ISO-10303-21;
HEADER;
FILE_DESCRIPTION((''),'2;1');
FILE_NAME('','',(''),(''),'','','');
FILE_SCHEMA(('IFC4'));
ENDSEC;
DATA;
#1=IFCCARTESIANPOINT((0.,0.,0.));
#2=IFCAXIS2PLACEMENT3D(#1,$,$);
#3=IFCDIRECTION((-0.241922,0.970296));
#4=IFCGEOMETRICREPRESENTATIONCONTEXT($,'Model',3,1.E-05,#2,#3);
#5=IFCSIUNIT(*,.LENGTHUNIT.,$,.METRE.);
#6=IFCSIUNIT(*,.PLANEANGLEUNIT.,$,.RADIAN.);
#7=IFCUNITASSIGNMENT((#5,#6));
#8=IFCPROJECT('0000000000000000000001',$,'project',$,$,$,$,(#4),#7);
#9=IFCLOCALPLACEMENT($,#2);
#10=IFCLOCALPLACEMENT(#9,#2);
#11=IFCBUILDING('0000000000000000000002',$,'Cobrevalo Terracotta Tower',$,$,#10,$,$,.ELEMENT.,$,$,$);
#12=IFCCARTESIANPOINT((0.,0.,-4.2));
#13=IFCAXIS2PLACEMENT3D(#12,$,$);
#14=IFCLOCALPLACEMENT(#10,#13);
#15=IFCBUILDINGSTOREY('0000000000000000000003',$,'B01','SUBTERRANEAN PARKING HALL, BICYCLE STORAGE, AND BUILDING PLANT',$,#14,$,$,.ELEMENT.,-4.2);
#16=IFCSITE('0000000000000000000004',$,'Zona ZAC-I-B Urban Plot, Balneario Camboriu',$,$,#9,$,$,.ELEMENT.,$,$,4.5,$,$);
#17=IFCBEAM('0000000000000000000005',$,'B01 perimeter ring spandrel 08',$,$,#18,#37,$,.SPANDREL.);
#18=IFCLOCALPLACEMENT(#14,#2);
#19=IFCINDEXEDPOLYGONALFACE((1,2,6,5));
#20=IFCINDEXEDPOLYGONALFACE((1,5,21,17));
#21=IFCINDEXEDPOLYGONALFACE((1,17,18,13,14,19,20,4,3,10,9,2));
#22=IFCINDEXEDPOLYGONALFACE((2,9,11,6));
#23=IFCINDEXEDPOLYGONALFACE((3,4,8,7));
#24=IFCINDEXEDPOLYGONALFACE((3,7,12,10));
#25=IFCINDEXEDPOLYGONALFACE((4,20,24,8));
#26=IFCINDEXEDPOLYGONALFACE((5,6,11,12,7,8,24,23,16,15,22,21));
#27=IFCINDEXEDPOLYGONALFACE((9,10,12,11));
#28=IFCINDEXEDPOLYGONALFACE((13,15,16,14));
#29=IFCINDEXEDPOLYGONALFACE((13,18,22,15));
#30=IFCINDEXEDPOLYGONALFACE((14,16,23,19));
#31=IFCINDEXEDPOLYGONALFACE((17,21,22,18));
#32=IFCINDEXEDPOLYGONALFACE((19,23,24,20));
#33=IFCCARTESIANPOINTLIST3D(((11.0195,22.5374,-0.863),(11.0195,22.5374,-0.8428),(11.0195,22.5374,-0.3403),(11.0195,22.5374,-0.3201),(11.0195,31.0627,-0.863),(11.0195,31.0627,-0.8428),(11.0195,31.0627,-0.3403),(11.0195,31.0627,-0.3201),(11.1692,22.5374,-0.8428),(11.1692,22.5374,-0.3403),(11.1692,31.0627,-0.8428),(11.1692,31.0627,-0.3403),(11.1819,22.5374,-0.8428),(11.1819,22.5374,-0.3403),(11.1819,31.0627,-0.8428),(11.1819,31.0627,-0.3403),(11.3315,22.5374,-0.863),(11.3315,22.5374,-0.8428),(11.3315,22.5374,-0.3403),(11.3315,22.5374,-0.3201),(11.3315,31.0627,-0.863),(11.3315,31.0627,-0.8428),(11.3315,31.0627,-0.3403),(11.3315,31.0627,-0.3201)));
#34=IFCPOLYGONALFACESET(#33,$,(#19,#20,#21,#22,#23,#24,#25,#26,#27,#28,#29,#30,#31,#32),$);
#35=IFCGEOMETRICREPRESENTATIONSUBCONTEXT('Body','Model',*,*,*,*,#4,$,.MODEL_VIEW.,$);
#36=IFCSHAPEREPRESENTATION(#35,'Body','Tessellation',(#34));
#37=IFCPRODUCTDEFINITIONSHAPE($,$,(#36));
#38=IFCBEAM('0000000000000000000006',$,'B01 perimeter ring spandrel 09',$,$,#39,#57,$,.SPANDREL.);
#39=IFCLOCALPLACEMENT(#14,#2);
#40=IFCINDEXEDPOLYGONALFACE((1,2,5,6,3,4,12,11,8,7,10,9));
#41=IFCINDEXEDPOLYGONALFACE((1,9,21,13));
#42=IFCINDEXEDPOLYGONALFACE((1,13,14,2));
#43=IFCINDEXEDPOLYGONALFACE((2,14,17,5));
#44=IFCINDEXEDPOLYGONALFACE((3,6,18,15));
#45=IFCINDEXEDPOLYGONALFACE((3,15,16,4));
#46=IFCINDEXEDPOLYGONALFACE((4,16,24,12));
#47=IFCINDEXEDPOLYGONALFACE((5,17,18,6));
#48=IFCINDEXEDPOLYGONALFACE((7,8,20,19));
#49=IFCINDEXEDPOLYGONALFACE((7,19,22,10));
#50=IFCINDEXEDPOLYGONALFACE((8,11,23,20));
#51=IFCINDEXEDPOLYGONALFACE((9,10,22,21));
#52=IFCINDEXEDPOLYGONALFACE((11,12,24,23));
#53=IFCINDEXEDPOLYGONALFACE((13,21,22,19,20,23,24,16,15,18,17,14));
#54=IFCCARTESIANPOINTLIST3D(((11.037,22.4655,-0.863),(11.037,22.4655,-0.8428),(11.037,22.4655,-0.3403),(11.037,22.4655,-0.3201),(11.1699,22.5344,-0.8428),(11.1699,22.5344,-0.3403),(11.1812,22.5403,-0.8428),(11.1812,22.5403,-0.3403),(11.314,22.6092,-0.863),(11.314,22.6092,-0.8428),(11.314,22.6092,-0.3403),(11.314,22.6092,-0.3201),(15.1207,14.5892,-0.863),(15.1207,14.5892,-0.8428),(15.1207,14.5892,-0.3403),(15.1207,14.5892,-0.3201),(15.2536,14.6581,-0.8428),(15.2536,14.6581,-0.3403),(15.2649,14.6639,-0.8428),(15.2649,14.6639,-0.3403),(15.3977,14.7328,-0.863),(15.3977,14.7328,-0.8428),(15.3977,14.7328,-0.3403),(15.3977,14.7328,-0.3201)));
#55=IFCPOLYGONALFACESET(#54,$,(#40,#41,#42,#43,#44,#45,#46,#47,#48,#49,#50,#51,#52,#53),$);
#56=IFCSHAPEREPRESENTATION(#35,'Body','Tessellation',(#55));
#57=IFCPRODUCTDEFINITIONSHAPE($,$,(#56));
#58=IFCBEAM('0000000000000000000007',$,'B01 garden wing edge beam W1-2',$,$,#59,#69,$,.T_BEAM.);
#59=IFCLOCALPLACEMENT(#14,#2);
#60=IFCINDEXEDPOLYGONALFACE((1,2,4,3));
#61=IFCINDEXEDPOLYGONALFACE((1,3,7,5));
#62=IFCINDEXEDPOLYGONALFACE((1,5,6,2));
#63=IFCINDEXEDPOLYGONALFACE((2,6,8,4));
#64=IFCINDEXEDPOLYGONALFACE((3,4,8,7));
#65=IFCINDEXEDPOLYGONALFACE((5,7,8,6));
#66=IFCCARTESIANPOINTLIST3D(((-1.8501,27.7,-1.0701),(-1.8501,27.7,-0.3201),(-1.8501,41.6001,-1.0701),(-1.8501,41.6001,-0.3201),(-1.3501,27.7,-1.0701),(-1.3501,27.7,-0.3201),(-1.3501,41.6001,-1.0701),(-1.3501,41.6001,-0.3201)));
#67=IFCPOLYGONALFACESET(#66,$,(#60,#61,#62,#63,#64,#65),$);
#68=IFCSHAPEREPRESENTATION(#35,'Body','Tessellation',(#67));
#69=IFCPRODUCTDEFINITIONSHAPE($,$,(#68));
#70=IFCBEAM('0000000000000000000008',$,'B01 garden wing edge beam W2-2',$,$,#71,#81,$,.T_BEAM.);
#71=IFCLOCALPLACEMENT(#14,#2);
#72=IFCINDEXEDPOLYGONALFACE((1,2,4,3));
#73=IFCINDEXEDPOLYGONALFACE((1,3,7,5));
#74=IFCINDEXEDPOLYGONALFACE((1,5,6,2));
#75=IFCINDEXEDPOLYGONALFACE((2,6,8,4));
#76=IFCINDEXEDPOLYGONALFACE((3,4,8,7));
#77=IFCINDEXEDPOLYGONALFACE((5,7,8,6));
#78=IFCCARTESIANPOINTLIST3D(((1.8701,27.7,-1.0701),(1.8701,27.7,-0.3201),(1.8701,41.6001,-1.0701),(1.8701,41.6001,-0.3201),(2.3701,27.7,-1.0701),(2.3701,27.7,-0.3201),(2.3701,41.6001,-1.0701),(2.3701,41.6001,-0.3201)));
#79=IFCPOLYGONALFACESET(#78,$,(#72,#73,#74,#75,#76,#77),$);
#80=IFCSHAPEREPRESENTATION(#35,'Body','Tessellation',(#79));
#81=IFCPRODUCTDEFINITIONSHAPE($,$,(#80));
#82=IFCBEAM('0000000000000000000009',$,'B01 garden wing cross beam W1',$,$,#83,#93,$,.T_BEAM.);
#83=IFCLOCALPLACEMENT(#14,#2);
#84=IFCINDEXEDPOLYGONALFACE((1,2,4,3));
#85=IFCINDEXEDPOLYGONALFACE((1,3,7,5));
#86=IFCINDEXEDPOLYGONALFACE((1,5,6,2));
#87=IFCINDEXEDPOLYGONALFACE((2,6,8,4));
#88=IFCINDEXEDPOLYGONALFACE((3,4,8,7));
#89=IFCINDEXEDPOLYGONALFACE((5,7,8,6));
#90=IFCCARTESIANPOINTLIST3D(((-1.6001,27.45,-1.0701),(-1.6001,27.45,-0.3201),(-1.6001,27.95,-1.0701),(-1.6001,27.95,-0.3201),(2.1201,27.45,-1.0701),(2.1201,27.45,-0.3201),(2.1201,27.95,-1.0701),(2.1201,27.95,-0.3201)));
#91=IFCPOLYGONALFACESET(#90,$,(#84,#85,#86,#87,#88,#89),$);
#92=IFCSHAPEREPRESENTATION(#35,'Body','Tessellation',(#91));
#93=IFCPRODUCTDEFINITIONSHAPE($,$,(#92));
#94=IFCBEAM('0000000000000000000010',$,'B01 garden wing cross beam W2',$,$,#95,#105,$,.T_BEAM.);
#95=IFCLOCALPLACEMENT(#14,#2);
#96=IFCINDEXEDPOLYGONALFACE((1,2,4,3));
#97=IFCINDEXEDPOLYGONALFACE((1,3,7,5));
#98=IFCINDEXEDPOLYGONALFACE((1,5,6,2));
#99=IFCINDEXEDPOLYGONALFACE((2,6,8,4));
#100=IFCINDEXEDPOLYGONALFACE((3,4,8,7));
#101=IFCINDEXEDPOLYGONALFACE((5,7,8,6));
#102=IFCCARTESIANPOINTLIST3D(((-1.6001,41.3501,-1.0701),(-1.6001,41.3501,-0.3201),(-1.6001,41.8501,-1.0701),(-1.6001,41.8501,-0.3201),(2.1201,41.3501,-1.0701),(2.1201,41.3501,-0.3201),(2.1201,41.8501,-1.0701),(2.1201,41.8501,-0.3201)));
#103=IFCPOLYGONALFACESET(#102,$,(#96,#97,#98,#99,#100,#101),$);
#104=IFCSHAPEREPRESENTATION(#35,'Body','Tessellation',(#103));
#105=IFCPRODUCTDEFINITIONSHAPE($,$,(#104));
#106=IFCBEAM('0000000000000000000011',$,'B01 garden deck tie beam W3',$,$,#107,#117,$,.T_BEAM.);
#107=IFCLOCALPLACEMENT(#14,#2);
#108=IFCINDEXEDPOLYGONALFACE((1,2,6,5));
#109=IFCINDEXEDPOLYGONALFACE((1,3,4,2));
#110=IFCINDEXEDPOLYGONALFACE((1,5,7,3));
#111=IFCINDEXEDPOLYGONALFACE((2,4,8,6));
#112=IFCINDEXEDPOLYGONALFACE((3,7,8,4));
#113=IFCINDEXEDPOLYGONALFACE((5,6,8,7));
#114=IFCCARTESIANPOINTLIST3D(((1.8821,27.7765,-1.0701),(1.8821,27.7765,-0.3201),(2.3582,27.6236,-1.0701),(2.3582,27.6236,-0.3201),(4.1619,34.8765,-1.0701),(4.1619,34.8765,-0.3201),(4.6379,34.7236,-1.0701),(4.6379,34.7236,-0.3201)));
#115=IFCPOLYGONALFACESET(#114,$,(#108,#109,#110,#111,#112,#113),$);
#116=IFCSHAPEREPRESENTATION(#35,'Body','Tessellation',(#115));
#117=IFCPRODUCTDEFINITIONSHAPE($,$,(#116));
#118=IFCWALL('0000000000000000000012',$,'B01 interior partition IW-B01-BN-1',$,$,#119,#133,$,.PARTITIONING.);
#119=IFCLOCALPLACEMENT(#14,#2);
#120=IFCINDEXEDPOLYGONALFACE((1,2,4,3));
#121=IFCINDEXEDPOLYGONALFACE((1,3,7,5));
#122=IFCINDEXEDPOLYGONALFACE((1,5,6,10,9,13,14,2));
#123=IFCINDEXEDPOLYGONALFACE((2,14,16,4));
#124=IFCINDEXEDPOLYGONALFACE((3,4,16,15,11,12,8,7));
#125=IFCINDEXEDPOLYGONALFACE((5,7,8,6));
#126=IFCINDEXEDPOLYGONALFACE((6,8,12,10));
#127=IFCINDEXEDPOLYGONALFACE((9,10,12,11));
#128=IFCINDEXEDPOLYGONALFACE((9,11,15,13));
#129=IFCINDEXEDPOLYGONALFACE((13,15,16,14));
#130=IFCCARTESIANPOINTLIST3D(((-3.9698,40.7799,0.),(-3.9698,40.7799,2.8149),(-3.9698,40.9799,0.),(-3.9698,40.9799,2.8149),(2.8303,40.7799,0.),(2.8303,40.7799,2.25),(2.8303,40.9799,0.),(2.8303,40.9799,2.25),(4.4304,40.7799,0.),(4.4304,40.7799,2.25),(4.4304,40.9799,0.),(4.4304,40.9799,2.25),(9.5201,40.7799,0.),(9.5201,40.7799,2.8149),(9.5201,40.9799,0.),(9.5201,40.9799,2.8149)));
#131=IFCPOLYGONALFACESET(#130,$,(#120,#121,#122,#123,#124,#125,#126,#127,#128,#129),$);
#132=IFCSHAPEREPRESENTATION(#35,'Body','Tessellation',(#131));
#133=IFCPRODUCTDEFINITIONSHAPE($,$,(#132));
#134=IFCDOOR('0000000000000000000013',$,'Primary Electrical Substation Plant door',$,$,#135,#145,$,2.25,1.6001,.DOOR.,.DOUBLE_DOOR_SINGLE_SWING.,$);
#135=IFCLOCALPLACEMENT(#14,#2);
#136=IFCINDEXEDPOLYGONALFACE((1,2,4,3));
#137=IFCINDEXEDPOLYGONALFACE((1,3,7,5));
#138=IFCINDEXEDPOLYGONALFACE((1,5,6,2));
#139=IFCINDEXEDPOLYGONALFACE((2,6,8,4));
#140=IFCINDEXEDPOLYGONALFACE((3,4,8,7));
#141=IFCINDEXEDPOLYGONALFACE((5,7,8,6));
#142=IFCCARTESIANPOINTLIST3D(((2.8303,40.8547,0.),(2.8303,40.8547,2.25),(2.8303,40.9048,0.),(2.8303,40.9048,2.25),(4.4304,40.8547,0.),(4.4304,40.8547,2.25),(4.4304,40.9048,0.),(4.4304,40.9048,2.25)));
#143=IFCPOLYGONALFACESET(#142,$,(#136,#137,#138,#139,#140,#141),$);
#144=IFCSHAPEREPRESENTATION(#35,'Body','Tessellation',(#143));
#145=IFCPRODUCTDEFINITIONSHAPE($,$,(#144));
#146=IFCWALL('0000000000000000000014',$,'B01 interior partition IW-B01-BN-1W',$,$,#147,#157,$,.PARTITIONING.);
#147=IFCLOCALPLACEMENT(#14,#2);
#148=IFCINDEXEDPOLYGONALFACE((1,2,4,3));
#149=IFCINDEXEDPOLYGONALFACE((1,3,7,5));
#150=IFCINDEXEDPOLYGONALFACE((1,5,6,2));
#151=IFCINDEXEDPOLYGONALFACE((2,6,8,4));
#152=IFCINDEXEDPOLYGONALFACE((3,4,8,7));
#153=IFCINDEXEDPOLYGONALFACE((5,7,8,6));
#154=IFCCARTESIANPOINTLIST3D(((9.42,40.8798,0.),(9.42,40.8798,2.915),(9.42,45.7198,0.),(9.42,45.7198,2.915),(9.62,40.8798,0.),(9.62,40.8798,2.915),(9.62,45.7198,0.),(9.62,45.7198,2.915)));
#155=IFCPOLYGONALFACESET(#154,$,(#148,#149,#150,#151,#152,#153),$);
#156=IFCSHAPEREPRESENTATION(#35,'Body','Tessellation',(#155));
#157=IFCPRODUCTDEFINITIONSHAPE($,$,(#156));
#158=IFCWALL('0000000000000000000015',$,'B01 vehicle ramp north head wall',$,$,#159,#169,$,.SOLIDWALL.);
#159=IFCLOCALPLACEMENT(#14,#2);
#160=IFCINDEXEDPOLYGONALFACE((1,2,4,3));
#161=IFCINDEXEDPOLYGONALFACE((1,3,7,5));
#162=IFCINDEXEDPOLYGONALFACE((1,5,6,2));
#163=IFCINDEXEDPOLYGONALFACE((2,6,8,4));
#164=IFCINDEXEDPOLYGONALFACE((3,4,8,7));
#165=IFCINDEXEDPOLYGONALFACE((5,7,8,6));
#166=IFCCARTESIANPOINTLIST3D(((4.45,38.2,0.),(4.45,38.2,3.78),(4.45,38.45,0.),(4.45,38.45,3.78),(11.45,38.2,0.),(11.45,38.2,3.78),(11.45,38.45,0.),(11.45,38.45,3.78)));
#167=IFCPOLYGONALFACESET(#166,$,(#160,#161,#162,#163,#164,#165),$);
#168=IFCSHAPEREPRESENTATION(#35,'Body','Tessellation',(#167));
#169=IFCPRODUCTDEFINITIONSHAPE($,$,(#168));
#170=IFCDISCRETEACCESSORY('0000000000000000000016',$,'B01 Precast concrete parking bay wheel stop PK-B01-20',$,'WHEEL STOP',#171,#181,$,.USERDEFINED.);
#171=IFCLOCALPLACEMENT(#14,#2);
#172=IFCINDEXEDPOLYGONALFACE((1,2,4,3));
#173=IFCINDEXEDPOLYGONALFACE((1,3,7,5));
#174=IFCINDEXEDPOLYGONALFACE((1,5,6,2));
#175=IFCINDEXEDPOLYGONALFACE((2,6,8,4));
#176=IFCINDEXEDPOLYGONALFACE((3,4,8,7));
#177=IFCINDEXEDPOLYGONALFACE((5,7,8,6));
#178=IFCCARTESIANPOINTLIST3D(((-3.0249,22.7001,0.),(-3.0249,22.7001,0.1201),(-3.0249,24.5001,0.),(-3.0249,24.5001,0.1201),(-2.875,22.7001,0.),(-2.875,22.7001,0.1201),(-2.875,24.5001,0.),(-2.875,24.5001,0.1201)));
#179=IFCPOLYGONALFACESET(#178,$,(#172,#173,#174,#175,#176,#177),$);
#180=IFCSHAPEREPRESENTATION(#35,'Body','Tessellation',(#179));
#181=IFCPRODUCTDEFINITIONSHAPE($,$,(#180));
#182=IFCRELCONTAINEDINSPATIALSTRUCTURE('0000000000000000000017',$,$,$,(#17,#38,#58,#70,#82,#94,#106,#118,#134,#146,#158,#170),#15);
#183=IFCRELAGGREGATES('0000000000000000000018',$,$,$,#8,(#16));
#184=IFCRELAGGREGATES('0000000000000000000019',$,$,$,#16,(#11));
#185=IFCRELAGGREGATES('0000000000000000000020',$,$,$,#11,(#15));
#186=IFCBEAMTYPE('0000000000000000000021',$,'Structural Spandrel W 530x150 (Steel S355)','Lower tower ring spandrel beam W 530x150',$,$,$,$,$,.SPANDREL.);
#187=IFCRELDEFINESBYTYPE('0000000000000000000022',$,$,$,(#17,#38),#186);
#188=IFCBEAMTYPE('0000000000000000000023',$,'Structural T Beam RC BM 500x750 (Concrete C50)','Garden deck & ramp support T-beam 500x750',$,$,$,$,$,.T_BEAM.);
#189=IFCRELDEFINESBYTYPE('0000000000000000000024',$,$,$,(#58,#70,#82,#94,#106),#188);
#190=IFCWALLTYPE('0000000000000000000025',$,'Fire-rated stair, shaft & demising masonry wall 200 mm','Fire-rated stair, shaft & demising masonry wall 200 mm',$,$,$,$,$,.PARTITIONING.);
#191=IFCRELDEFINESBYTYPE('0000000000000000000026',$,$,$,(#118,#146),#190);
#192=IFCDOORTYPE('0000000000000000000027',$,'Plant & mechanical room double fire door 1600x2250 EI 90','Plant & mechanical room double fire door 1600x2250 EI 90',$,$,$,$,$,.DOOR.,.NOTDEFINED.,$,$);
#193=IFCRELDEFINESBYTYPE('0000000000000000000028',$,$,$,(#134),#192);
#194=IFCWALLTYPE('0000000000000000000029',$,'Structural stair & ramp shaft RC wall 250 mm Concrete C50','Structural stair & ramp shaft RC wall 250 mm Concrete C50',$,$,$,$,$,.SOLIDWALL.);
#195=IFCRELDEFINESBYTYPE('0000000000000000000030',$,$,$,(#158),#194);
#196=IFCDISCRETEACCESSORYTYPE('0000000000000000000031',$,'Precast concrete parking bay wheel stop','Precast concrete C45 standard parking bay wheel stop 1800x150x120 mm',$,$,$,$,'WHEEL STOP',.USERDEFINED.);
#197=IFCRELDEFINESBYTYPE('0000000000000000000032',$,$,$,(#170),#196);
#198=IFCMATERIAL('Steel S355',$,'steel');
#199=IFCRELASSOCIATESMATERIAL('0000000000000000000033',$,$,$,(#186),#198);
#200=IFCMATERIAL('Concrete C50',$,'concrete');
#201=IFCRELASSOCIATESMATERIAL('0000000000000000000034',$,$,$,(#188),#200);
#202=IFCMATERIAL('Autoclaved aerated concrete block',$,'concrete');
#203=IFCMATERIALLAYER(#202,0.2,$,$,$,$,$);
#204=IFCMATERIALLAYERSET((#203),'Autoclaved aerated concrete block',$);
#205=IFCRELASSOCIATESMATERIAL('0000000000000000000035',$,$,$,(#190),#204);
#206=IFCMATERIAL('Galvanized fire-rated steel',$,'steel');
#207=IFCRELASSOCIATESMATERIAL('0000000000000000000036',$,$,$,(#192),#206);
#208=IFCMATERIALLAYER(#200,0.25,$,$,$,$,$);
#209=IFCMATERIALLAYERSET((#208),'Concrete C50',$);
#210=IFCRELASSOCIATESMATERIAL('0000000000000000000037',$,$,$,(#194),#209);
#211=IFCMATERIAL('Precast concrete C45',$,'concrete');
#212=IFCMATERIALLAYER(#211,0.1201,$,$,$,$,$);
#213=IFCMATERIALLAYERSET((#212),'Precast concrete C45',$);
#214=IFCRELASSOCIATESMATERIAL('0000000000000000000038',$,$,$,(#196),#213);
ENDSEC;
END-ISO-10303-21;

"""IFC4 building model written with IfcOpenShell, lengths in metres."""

from ifc_helpers import new_model, si_unit, direction, frame, frame_2d, origin, origin_2d, place, context, subcontext, project, spatial, rectangle, i_section, extrude, source, transform, mapped, material, layer, layer_set, material_profile, profile_set, type_object, element, fill, save


model = new_model("IFC4")

# Units and contexts
model_context = context("Model", 3, precision=1e-05, world=origin(), true_north=direction((-0.241922, 0.970296)))
body_context = subcontext(model_context, "Body", "Model", "MODEL_VIEW")
ifc_project = project(units=[si_unit("LENGTHUNIT", "METRE"), si_unit("PLANEANGLEUNIT", "RADIAN")], contexts=[model_context])

# Site, building, storey
site_placement = place(None, origin())
site = spatial("IfcSite", under=ifc_project, at=site_placement, Name="Zona ZAC-I-B Urban Plot, Balneario Camboriu", CompositionType="ELEMENT", RefElevation=4.5)
building_placement = place(site_placement, origin())
building = spatial("IfcBuilding", under=site, at=building_placement, Name="Cobrevalo Terracotta Tower", CompositionType="ELEMENT")
storey_placement = place(building_placement, frame((0.0, 0.0, -4.2)))
storey = spatial("IfcBuildingStorey", under=building, at=storey_placement, Name="B01", Description="SUBTERRANEAN PARKING HALL, BICYCLE STORAGE, AND BUILDING PLANT", CompositionType="ELEMENT", Elevation=-4.2)

# Shared definitions
ifc_material_1 = material(Name="Steel S355", Category="steel")
ifc_material_2 = material(Name="Concrete C50", Category="concrete")

# Beams
ifc_material_profile_1 = material_profile(ifc_material_1, i_section(OverallWidth=0.312, OverallDepth=0.543, WebThickness=0.0127, FlangeThickness=0.0203, at=origin_2d()), Name="W 530x150")
ifc_profile_set_1 = profile_set([ifc_material_profile_1], Name="Steel S355")
beam_type_1 = type_object("IfcBeamType", Name="Structural Spandrel W 530x150 (Steel S355)", Description="Lower tower ring spandrel beam W 530x150", PredefinedType="SPANDREL", material=ifc_profile_set_1)
beam_1_placement = place(storey_placement, frame((11.1755, 31.0627, -0.5916), z_axis=(0.0, -1.0, 0.0), x_axis=(1.0, 0.0, 0.0)))
element("IfcBeam", 1, at=beam_1_placement, inside=storey, type_object=beam_type_1, Name="B01 perimeter ring spandrel 08", PredefinedType="SPANDREL", context=body_context, shape_type="SweptSolid", body=[
    extrude(i_section(OverallWidth=0.312, OverallDepth=0.543, WebThickness=0.0127, FlangeThickness=0.0203, at=origin_2d()), origin(), (0.0, 0.0, 1.0), 8.5254),
])
beam_2_placement = place(storey_placement, frame((11.1755, 22.5374, -0.5916), z_axis=(0.460286, -0.887771, 0.0), x_axis=(0.887771, 0.460286, 0.0)))
element("IfcBeam", 2, at=beam_2_placement, inside=storey, type_object=beam_type_1, Name="B01 perimeter ring spandrel 09", PredefinedType="SPANDREL", context=body_context, shape_type="SweptSolid", body=[
    extrude(i_section(OverallWidth=0.312, OverallDepth=0.543, WebThickness=0.0127, FlangeThickness=0.0203, at=origin_2d()), origin(), (0.0, 0.0, 1.0), 8.8721),
])
ifc_material_profile_2 = material_profile(ifc_material_2, rectangle(XDim=0.5, YDim=0.75, at=origin_2d()), Name="RC BM 500x750")
ifc_profile_set_2 = profile_set([ifc_material_profile_2], Name="Concrete C50")
beam_type_2 = type_object("IfcBeamType", Name="Structural T Beam RC BM 500x750 (Concrete C50)", Description="Garden deck & ramp support T-beam 500x750", PredefinedType="T_BEAM", material=ifc_profile_set_2)
for number, where, z_axis, x_axis, name in (
    (3, (-1.6001, 27.7, -0.6951), (0.0, 1.0, 0.0), (-1.0, 0.0, 0.0), "B01 garden wing edge beam W1-2"),
    (4, (2.1201, 27.7, -0.6951), (0.0, 1.0, 0.0), (-1.0, 0.0, 0.0), "B01 garden wing edge beam W2-2"),
):
    element("IfcBeam", number, at=place(storey_placement, frame(where, z_axis=z_axis, x_axis=x_axis)), inside=storey, type_object=beam_type_2, Name=name, PredefinedType="T_BEAM", context=body_context, shape_type="SweptSolid", body=[
        extrude(rectangle(XDim=0.5, YDim=0.75, at=origin_2d()), origin(), (0.0, 0.0, 1.0), 13.9001),
    ])
for number, where, z_axis, x_axis, name in (
    (5, (-1.6001, 27.7, -0.6951), (1.0, 0.0, 0.0), (0.0, 1.0, 0.0), "B01 garden wing cross beam W1"),
    (6, (-1.6001, 41.6001, -0.6951), (1.0, 0.0, 0.0), (0.0, 1.0, 0.0), "B01 garden wing cross beam W2"),
):
    element("IfcBeam", number, at=place(storey_placement, frame(where, z_axis=z_axis, x_axis=x_axis)), inside=storey, type_object=beam_type_2, Name=name, PredefinedType="T_BEAM", context=body_context, shape_type="SweptSolid", body=[
        extrude(rectangle(XDim=0.5, YDim=0.75, at=origin_2d()), origin(), (0.0, 0.0, 1.0), 3.7202),
    ])
beam_3_placement = place(storey_placement, frame((4.3999, 34.8, -0.6951), z_axis=(-0.305719, -0.952122, 0.0), x_axis=(0.952122, -0.305719, 0.0)))
element("IfcBeam", 7, at=beam_3_placement, inside=storey, type_object=beam_type_2, Name="B01 garden deck tie beam W3", PredefinedType="T_BEAM", context=body_context, shape_type="SweptSolid", body=[
    extrude(rectangle(XDim=0.5, YDim=0.75, at=origin_2d()), origin(), (0.0, 0.0, 1.0), 7.457),
])

# Wall, opening, door
ifc_material_3 = material(Name="Autoclaved aerated concrete block", Category="concrete")
ifc_layer_1 = layer(ifc_material_3, 0.2)
ifc_layer_set_1 = layer_set([ifc_layer_1], Name="Autoclaved aerated concrete block")
wall_type_1 = type_object("IfcWallType", Name="Fire-rated stair, shaft & demising masonry wall 200 mm", Description="Fire-rated stair, shaft & demising masonry wall 200 mm", PredefinedType="PARTITIONING", material=ifc_layer_set_1)
wall_1_placement = place(storey_placement, frame((-3.97, 40.8799, 0.0), z_axis=(0.0, 0.0, 1.0), x_axis=(1.0, 0.0, 0.0)))
wall_1 = element("IfcWall", 8, at=wall_1_placement, inside=storey, type_object=wall_type_1, Name="B01 interior partition IW-B01-BN-1", PredefinedType="PARTITIONING", context=body_context, shape_type="SweptSolid", body=[
    extrude(rectangle(XDim=13.49, YDim=0.2, at=frame_2d((6.7451, 0.0))), origin(), (0.0, 0.0, 1.0), 2.8149),
])
opening_placement = place(wall_1_placement, frame((6.8003, 0.0, 0.0)))
opening = element("IfcOpeningElement", 9, at=opening_placement, cuts=wall_1, PredefinedType="OPENING", context=body_context, shape_type="SweptSolid", body=[
    extrude(rectangle(XDim=1.6001, YDim=2.25, at=frame_2d((0.8, 1.125))), frame((0.0, 0.1099, 0.0), z_axis=(0.0, -1.0, 0.0), x_axis=(1.0, 0.0, 0.0)), (0.0, 0.0, 1.0), 0.22),
])
ifc_material_4 = material(Name="Galvanized fire-rated steel", Category="steel")
door_type = type_object("IfcDoorType", Name="Plant & mechanical room double fire door 1600x2250 EI 90", Description="Plant & mechanical room double fire door 1600x2250 EI 90", OperationType="NOTDEFINED", PredefinedType="DOOR", material=ifc_material_4)
shared_shape_1 = source(origin(), body_context, "Body", "SweptSolid", [
    extrude(rectangle(XDim=1.6001, YDim=2.25, at=frame_2d((0.8, 1.125))), frame((0.0, 0.0249, 0.0), z_axis=(0.0, -1.0, 0.0), x_axis=(1.0, 0.0, 0.0)), (0.0, 0.0, 1.0), 0.05),
])
door_placement = place(opening_placement, origin())
door = element("IfcDoor", 10, at=door_placement, inside=storey, type_object=door_type, Name="Primary Electrical Substation Plant door", OperationType="DOUBLE_DOOR_SINGLE_SWING", OverallHeight=2.25, OverallWidth=1.6001, PredefinedType="DOOR", context=body_context, shape_type="MappedRepresentation", body=[
    mapped(shared_shape_1, transform((0.0, 0.0, 0.0), scale=1.0)),
])
fill(opening, door)

# Walls
wall_2_placement = place(storey_placement, frame((9.52, 40.8799, 0.0), z_axis=(0.0, 0.0, 1.0), x_axis=(0.0, 1.0, 0.0)))
element("IfcWall", 11, at=wall_2_placement, inside=storey, type_object=wall_type_1, Name="B01 interior partition IW-B01-BN-1W", PredefinedType="PARTITIONING", context=body_context, shape_type="SweptSolid", body=[
    extrude(rectangle(XDim=4.8401, YDim=0.2, at=frame_2d((2.4199, 0.0))), origin(), (0.0, 0.0, 1.0), 2.915),
])
ifc_layer_2 = layer(ifc_material_2, 0.25)
ifc_layer_set_2 = layer_set([ifc_layer_2], Name="Concrete C50")
wall_type_2 = type_object("IfcWallType", Name="Structural stair & ramp shaft RC wall 250 mm Concrete C50", Description="Structural stair & ramp shaft RC wall 250 mm Concrete C50", PredefinedType="SOLIDWALL", material=ifc_layer_set_2)
wall_3_placement = place(storey_placement, frame((4.45, 38.325, 0.0), z_axis=(0.0, 0.0, 1.0), x_axis=(1.0, 0.0, 0.0)))
element("IfcWall", 12, at=wall_3_placement, inside=storey, type_object=wall_type_2, Name="B01 vehicle ramp north head wall", PredefinedType="SOLIDWALL", context=body_context, shape_type="SweptSolid", body=[
    extrude(rectangle(XDim=7.0, YDim=0.25, at=frame_2d((3.5, 0.0))), origin(), (0.0, 0.0, 1.0), 3.78),
])

# Discrete accessory
ifc_material_5 = material(Name="Precast concrete C45", Category="concrete")
ifc_layer_3 = layer(ifc_material_5, 0.1201)
ifc_layer_set_3 = layer_set([ifc_layer_3], Name="Precast concrete C45")
discrete_accessory_type = type_object("IfcDiscreteAccessoryType", Name="Precast concrete parking bay wheel stop", Description="Precast concrete C45 standard parking bay wheel stop 1800x150x120 mm", ElementType="WHEEL STOP", PredefinedType="USERDEFINED", material=ifc_layer_set_3)
shared_shape_2 = source(origin(), body_context, "Body", "SweptSolid", [
    extrude(rectangle(XDim=1.8, YDim=0.1499, at=origin_2d()), origin(), (0.0, 0.0, 1.0), 0.1201),
])
for number, where, z_axis, x_axis, name in (
    (13, (-2.95, 23.6001, 0.0), (0.0, 0.0, 1.0), (0.0, 1.0, 0.0), "B01 Precast concrete parking bay wheel stop PK-B01-20"),
):
    element("IfcDiscreteAccessory", number, at=place(storey_placement, frame(where, z_axis=z_axis, x_axis=x_axis)), inside=storey, type_object=discrete_accessory_type, Name=name, ObjectType="WHEEL STOP", PredefinedType="USERDEFINED", context=body_context, shape_type="MappedRepresentation", body=[
        mapped(shared_shape_2, transform((0.0, 0.0, 0.0), scale=1.0)),
    ])

save(model, "model.ifc")
